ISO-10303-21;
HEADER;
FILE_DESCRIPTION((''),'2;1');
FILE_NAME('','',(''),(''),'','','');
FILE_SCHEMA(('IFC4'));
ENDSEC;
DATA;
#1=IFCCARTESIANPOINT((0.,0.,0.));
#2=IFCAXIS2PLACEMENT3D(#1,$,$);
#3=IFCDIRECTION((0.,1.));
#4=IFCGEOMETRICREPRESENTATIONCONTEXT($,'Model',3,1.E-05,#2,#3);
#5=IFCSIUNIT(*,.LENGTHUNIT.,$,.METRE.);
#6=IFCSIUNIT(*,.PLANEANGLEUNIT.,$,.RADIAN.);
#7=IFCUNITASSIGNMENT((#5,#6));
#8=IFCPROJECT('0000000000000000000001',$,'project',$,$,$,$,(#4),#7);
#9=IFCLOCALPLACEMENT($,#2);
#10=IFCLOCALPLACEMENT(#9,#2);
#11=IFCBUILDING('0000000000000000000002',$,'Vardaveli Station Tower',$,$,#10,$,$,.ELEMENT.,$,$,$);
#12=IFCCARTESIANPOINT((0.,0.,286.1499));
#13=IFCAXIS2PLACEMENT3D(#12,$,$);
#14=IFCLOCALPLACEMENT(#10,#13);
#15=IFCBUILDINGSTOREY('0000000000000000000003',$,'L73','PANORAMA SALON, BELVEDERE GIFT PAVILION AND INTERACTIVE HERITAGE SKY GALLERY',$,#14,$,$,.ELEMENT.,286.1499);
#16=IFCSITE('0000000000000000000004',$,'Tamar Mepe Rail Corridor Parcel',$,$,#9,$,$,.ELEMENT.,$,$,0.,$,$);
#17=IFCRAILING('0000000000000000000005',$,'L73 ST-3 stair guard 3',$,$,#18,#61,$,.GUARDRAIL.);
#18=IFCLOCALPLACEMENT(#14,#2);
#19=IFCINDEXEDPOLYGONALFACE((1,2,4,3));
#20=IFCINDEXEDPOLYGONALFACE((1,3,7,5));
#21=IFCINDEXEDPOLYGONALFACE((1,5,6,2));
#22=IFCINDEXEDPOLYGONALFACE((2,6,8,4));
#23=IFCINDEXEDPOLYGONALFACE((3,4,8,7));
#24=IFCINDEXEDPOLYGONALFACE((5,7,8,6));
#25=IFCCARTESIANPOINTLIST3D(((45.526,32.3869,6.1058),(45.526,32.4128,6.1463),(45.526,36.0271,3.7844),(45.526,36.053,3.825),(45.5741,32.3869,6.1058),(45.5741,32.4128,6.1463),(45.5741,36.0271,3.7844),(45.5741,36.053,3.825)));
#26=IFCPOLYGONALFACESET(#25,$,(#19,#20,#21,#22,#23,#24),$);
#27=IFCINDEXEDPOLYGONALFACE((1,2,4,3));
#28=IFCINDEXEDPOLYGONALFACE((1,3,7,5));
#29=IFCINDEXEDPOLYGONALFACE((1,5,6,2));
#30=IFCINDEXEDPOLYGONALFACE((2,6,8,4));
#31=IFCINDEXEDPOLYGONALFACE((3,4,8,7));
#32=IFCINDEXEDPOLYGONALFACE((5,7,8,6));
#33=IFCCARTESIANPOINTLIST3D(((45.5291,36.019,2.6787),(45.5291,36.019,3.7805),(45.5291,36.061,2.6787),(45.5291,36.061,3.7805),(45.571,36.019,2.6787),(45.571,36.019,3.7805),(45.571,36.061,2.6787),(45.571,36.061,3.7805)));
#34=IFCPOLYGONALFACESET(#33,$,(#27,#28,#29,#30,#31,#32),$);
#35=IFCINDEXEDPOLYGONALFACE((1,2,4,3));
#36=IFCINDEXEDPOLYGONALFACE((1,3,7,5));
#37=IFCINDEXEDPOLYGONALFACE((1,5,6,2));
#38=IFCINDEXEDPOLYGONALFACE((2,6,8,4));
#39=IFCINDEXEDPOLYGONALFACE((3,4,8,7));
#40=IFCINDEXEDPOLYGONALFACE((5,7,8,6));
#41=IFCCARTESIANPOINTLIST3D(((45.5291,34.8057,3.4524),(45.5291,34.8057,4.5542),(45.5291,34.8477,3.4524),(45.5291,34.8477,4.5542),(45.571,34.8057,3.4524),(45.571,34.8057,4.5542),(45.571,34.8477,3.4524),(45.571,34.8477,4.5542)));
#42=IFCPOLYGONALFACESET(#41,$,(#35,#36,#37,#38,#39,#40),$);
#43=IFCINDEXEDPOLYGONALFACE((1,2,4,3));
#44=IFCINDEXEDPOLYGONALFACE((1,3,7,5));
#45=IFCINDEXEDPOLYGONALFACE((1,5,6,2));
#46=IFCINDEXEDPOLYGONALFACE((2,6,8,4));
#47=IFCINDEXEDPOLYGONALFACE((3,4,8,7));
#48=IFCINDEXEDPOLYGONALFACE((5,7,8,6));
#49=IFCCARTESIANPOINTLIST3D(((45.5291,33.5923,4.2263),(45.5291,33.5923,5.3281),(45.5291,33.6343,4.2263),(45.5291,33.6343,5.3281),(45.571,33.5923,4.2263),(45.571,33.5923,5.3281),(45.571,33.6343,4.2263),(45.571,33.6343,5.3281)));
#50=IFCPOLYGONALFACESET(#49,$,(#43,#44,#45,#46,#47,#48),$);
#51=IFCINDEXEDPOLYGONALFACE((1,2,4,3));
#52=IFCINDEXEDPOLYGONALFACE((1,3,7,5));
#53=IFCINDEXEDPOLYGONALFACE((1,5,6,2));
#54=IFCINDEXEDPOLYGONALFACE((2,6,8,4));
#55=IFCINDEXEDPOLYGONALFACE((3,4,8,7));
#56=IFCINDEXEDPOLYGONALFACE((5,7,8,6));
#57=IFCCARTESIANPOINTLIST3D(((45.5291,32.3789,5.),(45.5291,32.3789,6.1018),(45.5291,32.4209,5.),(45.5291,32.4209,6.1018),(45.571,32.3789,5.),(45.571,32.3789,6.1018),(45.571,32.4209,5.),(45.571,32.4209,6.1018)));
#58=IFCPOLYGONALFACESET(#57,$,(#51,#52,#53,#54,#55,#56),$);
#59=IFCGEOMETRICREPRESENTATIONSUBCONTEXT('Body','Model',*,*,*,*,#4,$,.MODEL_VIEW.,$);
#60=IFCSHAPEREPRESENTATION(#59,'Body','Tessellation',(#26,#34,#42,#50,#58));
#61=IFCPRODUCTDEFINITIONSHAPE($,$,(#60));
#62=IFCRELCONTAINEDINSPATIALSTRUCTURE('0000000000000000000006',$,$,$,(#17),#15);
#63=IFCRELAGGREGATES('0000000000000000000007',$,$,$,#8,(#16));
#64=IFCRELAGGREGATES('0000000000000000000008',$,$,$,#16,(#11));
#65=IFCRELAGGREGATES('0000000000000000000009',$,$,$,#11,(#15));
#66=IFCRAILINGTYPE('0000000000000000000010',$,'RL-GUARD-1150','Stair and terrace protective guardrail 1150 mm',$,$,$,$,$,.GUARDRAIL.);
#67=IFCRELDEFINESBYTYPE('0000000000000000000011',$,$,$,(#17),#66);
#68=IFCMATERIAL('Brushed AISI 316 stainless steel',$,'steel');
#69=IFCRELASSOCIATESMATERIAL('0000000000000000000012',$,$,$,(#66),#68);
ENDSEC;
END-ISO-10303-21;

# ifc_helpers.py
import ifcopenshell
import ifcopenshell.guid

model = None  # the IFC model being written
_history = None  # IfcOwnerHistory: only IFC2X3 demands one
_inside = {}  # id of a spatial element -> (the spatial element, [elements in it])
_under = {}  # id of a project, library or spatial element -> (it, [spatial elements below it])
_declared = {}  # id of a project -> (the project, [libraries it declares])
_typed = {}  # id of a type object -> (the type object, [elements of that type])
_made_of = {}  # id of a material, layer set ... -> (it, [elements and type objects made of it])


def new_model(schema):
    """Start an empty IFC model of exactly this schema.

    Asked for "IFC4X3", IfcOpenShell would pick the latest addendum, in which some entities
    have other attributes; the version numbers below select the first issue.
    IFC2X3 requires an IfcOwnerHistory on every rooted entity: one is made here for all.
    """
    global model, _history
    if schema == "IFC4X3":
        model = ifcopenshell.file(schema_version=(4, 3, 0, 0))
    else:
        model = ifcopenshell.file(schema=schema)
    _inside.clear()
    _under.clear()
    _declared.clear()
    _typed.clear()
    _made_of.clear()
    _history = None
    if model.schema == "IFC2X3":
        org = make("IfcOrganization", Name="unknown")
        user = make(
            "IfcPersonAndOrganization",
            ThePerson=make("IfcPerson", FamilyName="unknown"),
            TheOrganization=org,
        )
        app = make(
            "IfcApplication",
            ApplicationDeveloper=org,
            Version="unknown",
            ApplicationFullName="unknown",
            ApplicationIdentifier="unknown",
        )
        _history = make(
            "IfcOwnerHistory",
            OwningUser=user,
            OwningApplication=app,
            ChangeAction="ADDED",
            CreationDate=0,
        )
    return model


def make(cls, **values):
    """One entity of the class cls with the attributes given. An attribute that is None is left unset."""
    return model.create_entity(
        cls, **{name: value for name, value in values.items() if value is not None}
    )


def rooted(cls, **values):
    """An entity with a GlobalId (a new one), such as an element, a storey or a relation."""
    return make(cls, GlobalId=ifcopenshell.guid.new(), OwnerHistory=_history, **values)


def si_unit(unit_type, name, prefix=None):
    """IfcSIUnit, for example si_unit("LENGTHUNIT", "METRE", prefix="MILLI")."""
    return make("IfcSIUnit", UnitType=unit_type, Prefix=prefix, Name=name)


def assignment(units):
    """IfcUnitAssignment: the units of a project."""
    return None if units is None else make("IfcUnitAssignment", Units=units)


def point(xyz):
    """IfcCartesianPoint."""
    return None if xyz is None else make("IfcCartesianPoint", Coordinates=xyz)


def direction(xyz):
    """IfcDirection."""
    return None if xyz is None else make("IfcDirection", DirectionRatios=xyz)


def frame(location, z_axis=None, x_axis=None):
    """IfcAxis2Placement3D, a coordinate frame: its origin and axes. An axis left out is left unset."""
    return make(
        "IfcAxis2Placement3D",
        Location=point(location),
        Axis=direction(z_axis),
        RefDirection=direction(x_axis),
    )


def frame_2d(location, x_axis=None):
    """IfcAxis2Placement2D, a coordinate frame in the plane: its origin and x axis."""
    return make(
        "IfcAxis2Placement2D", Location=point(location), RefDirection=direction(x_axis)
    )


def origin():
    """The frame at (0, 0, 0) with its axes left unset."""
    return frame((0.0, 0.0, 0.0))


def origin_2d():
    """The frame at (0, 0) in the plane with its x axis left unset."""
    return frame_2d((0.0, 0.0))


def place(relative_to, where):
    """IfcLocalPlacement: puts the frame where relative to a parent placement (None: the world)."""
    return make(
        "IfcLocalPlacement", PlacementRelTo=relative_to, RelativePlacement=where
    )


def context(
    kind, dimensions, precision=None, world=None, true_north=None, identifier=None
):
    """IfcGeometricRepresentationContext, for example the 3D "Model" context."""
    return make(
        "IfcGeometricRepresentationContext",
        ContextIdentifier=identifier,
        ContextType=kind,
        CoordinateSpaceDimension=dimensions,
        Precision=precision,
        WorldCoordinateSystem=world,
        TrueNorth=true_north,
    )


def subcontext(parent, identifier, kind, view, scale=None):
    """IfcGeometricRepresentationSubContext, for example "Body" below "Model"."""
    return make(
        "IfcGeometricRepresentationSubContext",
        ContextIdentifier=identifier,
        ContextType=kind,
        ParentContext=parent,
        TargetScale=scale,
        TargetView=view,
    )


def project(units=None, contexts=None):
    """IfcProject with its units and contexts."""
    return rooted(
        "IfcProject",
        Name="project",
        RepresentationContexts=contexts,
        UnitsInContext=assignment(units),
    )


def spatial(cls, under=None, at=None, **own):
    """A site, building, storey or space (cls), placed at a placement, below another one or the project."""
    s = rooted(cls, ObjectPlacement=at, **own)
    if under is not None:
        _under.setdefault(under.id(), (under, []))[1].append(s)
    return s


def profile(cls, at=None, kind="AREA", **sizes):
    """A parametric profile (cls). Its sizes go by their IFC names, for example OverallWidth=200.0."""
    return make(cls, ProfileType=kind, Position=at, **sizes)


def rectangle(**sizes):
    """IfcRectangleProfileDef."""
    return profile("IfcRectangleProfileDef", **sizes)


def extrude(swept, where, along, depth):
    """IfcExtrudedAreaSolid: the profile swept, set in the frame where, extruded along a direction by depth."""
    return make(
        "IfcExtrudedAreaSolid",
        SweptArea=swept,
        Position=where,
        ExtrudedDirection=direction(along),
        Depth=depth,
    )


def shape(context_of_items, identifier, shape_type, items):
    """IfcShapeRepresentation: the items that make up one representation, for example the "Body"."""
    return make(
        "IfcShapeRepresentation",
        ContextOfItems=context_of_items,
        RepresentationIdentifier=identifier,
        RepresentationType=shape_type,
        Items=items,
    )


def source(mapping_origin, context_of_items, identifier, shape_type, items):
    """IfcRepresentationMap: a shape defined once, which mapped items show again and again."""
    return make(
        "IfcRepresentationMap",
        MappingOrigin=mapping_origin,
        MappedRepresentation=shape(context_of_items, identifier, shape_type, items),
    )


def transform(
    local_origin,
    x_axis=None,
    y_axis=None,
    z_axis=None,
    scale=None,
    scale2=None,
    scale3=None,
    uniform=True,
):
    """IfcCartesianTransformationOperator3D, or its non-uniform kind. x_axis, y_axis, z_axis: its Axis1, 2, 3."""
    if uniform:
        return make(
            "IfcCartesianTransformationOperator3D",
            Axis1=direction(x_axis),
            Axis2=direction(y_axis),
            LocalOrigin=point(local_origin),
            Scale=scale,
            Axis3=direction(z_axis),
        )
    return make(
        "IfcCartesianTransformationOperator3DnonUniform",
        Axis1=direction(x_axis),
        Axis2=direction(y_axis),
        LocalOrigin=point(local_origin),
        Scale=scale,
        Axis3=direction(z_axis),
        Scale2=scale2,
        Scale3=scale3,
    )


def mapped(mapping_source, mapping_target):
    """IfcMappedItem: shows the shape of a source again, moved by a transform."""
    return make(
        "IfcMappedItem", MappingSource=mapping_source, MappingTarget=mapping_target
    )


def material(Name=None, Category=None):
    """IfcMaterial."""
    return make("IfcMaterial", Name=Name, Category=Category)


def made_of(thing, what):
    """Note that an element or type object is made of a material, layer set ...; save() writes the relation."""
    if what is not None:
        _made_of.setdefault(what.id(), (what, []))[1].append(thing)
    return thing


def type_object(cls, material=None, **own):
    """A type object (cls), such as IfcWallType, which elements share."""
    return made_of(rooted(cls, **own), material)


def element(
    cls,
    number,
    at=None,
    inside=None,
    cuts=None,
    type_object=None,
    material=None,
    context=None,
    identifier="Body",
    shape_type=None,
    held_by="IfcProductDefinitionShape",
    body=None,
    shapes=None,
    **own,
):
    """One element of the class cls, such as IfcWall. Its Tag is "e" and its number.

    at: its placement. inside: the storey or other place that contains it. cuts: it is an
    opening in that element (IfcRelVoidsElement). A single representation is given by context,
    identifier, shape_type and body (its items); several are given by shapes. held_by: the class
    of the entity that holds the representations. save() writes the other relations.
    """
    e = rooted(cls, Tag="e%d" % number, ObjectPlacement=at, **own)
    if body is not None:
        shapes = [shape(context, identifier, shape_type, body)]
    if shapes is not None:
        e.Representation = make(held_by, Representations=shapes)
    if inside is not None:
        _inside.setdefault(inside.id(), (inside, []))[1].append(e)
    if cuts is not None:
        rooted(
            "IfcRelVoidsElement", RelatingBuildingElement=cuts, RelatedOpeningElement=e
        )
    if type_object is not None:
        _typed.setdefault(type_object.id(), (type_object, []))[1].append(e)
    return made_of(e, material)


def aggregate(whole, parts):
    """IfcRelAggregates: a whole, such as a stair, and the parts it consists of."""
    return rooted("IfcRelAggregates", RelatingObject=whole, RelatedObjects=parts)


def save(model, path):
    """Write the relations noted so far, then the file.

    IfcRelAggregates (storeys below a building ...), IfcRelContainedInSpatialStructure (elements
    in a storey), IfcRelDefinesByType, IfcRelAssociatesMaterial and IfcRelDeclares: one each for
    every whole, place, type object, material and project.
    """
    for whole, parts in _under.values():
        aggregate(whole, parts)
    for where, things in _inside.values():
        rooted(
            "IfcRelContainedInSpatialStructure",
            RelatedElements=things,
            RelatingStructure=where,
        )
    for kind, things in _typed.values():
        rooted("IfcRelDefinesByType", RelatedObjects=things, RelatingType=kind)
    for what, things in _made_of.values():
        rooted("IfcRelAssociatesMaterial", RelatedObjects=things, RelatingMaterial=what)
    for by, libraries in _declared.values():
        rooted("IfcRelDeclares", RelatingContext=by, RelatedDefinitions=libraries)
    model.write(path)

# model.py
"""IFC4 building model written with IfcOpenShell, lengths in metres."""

from ifc_helpers import new_model, si_unit, direction, frame, origin, origin_2d, place, context, subcontext, project, spatial, rectangle, extrude, source, transform, mapped, material, type_object, element, save


model = new_model("IFC4")

# Units and contexts
model_context = context("Model", 3, precision=1e-05, world=origin(), true_north=direction((0.0, 1.0)))
body_context = subcontext(model_context, "Body", "Model", "MODEL_VIEW")
ifc_project = project(units=[si_unit("LENGTHUNIT", "METRE"), si_unit("PLANEANGLEUNIT", "RADIAN")], contexts=[model_context])

# Site, building, storey
site_placement = place(None, origin())
site = spatial("IfcSite", under=ifc_project, at=site_placement, Name="Tamar Mepe Rail Corridor Parcel", CompositionType="ELEMENT", RefElevation=0.0)
building_placement = place(site_placement, origin())
building = spatial("IfcBuilding", under=site, at=building_placement, Name="Vardaveli Station Tower", CompositionType="ELEMENT")
storey_placement = place(building_placement, frame((0.0, 0.0, 286.1499)))
storey = spatial("IfcBuildingStorey", under=building, at=storey_placement, Name="L73", Description="PANORAMA SALON, BELVEDERE GIFT PAVILION AND INTERACTIVE HERITAGE SKY GALLERY", CompositionType="ELEMENT", Elevation=286.1499)

# Railing
ifc_material_1 = material(Name="Brushed AISI 316 stainless steel", Category="steel")
railing_type = type_object("IfcRailingType", Name="RL-GUARD-1150", Description="Stair and terrace protective guardrail 1150 mm", PredefinedType="GUARDRAIL", material=ifc_material_1)
shared_shape_1 = source(origin(), body_context, "Body", "SweptSolid", [
    extrude(rectangle(XDim=0.0481, YDim=0.0481, at=origin_2d()), frame((0.0, 0.0, 1.126), z_axis=(0.0, -0.843153, 0.537673), x_axis=(1.0, 0.0, 0.0)), (0.0, 0.0, 1.0), 4.3174),
    extrude(rectangle(XDim=0.042, YDim=0.042, at=origin_2d()), origin(), (0.0, 0.0, 1.0), 1.1018),
    extrude(rectangle(XDim=0.042, YDim=0.042, at=origin_2d()), frame((0.0, -1.2134, 0.7737)), (0.0, 0.0, 1.0), 1.1018),
    extrude(rectangle(XDim=0.042, YDim=0.042, at=origin_2d()), frame((0.0, -2.4268, 1.5476)), (0.0, 0.0, 1.0), 1.1018),
    extrude(rectangle(XDim=0.042, YDim=0.042, at=origin_2d()), frame((0.0, -3.6401, 2.3213)), (0.0, 0.0, 1.0), 1.1018),
])
railing_1_placement = place(storey_placement, frame((45.55, 36.04, 2.6787)))
element("IfcRailing", 1, at=railing_1_placement, inside=storey, type_object=railing_type, Name="L73 ST-3 stair guard 3", PredefinedType="GUARDRAIL", context=body_context, shape_type="MappedRepresentation", body=[
    mapped(shared_shape_1, transform((0.0, 0.0, 0.0), scale=1.0)),
])

save(model, "model.ifc")
